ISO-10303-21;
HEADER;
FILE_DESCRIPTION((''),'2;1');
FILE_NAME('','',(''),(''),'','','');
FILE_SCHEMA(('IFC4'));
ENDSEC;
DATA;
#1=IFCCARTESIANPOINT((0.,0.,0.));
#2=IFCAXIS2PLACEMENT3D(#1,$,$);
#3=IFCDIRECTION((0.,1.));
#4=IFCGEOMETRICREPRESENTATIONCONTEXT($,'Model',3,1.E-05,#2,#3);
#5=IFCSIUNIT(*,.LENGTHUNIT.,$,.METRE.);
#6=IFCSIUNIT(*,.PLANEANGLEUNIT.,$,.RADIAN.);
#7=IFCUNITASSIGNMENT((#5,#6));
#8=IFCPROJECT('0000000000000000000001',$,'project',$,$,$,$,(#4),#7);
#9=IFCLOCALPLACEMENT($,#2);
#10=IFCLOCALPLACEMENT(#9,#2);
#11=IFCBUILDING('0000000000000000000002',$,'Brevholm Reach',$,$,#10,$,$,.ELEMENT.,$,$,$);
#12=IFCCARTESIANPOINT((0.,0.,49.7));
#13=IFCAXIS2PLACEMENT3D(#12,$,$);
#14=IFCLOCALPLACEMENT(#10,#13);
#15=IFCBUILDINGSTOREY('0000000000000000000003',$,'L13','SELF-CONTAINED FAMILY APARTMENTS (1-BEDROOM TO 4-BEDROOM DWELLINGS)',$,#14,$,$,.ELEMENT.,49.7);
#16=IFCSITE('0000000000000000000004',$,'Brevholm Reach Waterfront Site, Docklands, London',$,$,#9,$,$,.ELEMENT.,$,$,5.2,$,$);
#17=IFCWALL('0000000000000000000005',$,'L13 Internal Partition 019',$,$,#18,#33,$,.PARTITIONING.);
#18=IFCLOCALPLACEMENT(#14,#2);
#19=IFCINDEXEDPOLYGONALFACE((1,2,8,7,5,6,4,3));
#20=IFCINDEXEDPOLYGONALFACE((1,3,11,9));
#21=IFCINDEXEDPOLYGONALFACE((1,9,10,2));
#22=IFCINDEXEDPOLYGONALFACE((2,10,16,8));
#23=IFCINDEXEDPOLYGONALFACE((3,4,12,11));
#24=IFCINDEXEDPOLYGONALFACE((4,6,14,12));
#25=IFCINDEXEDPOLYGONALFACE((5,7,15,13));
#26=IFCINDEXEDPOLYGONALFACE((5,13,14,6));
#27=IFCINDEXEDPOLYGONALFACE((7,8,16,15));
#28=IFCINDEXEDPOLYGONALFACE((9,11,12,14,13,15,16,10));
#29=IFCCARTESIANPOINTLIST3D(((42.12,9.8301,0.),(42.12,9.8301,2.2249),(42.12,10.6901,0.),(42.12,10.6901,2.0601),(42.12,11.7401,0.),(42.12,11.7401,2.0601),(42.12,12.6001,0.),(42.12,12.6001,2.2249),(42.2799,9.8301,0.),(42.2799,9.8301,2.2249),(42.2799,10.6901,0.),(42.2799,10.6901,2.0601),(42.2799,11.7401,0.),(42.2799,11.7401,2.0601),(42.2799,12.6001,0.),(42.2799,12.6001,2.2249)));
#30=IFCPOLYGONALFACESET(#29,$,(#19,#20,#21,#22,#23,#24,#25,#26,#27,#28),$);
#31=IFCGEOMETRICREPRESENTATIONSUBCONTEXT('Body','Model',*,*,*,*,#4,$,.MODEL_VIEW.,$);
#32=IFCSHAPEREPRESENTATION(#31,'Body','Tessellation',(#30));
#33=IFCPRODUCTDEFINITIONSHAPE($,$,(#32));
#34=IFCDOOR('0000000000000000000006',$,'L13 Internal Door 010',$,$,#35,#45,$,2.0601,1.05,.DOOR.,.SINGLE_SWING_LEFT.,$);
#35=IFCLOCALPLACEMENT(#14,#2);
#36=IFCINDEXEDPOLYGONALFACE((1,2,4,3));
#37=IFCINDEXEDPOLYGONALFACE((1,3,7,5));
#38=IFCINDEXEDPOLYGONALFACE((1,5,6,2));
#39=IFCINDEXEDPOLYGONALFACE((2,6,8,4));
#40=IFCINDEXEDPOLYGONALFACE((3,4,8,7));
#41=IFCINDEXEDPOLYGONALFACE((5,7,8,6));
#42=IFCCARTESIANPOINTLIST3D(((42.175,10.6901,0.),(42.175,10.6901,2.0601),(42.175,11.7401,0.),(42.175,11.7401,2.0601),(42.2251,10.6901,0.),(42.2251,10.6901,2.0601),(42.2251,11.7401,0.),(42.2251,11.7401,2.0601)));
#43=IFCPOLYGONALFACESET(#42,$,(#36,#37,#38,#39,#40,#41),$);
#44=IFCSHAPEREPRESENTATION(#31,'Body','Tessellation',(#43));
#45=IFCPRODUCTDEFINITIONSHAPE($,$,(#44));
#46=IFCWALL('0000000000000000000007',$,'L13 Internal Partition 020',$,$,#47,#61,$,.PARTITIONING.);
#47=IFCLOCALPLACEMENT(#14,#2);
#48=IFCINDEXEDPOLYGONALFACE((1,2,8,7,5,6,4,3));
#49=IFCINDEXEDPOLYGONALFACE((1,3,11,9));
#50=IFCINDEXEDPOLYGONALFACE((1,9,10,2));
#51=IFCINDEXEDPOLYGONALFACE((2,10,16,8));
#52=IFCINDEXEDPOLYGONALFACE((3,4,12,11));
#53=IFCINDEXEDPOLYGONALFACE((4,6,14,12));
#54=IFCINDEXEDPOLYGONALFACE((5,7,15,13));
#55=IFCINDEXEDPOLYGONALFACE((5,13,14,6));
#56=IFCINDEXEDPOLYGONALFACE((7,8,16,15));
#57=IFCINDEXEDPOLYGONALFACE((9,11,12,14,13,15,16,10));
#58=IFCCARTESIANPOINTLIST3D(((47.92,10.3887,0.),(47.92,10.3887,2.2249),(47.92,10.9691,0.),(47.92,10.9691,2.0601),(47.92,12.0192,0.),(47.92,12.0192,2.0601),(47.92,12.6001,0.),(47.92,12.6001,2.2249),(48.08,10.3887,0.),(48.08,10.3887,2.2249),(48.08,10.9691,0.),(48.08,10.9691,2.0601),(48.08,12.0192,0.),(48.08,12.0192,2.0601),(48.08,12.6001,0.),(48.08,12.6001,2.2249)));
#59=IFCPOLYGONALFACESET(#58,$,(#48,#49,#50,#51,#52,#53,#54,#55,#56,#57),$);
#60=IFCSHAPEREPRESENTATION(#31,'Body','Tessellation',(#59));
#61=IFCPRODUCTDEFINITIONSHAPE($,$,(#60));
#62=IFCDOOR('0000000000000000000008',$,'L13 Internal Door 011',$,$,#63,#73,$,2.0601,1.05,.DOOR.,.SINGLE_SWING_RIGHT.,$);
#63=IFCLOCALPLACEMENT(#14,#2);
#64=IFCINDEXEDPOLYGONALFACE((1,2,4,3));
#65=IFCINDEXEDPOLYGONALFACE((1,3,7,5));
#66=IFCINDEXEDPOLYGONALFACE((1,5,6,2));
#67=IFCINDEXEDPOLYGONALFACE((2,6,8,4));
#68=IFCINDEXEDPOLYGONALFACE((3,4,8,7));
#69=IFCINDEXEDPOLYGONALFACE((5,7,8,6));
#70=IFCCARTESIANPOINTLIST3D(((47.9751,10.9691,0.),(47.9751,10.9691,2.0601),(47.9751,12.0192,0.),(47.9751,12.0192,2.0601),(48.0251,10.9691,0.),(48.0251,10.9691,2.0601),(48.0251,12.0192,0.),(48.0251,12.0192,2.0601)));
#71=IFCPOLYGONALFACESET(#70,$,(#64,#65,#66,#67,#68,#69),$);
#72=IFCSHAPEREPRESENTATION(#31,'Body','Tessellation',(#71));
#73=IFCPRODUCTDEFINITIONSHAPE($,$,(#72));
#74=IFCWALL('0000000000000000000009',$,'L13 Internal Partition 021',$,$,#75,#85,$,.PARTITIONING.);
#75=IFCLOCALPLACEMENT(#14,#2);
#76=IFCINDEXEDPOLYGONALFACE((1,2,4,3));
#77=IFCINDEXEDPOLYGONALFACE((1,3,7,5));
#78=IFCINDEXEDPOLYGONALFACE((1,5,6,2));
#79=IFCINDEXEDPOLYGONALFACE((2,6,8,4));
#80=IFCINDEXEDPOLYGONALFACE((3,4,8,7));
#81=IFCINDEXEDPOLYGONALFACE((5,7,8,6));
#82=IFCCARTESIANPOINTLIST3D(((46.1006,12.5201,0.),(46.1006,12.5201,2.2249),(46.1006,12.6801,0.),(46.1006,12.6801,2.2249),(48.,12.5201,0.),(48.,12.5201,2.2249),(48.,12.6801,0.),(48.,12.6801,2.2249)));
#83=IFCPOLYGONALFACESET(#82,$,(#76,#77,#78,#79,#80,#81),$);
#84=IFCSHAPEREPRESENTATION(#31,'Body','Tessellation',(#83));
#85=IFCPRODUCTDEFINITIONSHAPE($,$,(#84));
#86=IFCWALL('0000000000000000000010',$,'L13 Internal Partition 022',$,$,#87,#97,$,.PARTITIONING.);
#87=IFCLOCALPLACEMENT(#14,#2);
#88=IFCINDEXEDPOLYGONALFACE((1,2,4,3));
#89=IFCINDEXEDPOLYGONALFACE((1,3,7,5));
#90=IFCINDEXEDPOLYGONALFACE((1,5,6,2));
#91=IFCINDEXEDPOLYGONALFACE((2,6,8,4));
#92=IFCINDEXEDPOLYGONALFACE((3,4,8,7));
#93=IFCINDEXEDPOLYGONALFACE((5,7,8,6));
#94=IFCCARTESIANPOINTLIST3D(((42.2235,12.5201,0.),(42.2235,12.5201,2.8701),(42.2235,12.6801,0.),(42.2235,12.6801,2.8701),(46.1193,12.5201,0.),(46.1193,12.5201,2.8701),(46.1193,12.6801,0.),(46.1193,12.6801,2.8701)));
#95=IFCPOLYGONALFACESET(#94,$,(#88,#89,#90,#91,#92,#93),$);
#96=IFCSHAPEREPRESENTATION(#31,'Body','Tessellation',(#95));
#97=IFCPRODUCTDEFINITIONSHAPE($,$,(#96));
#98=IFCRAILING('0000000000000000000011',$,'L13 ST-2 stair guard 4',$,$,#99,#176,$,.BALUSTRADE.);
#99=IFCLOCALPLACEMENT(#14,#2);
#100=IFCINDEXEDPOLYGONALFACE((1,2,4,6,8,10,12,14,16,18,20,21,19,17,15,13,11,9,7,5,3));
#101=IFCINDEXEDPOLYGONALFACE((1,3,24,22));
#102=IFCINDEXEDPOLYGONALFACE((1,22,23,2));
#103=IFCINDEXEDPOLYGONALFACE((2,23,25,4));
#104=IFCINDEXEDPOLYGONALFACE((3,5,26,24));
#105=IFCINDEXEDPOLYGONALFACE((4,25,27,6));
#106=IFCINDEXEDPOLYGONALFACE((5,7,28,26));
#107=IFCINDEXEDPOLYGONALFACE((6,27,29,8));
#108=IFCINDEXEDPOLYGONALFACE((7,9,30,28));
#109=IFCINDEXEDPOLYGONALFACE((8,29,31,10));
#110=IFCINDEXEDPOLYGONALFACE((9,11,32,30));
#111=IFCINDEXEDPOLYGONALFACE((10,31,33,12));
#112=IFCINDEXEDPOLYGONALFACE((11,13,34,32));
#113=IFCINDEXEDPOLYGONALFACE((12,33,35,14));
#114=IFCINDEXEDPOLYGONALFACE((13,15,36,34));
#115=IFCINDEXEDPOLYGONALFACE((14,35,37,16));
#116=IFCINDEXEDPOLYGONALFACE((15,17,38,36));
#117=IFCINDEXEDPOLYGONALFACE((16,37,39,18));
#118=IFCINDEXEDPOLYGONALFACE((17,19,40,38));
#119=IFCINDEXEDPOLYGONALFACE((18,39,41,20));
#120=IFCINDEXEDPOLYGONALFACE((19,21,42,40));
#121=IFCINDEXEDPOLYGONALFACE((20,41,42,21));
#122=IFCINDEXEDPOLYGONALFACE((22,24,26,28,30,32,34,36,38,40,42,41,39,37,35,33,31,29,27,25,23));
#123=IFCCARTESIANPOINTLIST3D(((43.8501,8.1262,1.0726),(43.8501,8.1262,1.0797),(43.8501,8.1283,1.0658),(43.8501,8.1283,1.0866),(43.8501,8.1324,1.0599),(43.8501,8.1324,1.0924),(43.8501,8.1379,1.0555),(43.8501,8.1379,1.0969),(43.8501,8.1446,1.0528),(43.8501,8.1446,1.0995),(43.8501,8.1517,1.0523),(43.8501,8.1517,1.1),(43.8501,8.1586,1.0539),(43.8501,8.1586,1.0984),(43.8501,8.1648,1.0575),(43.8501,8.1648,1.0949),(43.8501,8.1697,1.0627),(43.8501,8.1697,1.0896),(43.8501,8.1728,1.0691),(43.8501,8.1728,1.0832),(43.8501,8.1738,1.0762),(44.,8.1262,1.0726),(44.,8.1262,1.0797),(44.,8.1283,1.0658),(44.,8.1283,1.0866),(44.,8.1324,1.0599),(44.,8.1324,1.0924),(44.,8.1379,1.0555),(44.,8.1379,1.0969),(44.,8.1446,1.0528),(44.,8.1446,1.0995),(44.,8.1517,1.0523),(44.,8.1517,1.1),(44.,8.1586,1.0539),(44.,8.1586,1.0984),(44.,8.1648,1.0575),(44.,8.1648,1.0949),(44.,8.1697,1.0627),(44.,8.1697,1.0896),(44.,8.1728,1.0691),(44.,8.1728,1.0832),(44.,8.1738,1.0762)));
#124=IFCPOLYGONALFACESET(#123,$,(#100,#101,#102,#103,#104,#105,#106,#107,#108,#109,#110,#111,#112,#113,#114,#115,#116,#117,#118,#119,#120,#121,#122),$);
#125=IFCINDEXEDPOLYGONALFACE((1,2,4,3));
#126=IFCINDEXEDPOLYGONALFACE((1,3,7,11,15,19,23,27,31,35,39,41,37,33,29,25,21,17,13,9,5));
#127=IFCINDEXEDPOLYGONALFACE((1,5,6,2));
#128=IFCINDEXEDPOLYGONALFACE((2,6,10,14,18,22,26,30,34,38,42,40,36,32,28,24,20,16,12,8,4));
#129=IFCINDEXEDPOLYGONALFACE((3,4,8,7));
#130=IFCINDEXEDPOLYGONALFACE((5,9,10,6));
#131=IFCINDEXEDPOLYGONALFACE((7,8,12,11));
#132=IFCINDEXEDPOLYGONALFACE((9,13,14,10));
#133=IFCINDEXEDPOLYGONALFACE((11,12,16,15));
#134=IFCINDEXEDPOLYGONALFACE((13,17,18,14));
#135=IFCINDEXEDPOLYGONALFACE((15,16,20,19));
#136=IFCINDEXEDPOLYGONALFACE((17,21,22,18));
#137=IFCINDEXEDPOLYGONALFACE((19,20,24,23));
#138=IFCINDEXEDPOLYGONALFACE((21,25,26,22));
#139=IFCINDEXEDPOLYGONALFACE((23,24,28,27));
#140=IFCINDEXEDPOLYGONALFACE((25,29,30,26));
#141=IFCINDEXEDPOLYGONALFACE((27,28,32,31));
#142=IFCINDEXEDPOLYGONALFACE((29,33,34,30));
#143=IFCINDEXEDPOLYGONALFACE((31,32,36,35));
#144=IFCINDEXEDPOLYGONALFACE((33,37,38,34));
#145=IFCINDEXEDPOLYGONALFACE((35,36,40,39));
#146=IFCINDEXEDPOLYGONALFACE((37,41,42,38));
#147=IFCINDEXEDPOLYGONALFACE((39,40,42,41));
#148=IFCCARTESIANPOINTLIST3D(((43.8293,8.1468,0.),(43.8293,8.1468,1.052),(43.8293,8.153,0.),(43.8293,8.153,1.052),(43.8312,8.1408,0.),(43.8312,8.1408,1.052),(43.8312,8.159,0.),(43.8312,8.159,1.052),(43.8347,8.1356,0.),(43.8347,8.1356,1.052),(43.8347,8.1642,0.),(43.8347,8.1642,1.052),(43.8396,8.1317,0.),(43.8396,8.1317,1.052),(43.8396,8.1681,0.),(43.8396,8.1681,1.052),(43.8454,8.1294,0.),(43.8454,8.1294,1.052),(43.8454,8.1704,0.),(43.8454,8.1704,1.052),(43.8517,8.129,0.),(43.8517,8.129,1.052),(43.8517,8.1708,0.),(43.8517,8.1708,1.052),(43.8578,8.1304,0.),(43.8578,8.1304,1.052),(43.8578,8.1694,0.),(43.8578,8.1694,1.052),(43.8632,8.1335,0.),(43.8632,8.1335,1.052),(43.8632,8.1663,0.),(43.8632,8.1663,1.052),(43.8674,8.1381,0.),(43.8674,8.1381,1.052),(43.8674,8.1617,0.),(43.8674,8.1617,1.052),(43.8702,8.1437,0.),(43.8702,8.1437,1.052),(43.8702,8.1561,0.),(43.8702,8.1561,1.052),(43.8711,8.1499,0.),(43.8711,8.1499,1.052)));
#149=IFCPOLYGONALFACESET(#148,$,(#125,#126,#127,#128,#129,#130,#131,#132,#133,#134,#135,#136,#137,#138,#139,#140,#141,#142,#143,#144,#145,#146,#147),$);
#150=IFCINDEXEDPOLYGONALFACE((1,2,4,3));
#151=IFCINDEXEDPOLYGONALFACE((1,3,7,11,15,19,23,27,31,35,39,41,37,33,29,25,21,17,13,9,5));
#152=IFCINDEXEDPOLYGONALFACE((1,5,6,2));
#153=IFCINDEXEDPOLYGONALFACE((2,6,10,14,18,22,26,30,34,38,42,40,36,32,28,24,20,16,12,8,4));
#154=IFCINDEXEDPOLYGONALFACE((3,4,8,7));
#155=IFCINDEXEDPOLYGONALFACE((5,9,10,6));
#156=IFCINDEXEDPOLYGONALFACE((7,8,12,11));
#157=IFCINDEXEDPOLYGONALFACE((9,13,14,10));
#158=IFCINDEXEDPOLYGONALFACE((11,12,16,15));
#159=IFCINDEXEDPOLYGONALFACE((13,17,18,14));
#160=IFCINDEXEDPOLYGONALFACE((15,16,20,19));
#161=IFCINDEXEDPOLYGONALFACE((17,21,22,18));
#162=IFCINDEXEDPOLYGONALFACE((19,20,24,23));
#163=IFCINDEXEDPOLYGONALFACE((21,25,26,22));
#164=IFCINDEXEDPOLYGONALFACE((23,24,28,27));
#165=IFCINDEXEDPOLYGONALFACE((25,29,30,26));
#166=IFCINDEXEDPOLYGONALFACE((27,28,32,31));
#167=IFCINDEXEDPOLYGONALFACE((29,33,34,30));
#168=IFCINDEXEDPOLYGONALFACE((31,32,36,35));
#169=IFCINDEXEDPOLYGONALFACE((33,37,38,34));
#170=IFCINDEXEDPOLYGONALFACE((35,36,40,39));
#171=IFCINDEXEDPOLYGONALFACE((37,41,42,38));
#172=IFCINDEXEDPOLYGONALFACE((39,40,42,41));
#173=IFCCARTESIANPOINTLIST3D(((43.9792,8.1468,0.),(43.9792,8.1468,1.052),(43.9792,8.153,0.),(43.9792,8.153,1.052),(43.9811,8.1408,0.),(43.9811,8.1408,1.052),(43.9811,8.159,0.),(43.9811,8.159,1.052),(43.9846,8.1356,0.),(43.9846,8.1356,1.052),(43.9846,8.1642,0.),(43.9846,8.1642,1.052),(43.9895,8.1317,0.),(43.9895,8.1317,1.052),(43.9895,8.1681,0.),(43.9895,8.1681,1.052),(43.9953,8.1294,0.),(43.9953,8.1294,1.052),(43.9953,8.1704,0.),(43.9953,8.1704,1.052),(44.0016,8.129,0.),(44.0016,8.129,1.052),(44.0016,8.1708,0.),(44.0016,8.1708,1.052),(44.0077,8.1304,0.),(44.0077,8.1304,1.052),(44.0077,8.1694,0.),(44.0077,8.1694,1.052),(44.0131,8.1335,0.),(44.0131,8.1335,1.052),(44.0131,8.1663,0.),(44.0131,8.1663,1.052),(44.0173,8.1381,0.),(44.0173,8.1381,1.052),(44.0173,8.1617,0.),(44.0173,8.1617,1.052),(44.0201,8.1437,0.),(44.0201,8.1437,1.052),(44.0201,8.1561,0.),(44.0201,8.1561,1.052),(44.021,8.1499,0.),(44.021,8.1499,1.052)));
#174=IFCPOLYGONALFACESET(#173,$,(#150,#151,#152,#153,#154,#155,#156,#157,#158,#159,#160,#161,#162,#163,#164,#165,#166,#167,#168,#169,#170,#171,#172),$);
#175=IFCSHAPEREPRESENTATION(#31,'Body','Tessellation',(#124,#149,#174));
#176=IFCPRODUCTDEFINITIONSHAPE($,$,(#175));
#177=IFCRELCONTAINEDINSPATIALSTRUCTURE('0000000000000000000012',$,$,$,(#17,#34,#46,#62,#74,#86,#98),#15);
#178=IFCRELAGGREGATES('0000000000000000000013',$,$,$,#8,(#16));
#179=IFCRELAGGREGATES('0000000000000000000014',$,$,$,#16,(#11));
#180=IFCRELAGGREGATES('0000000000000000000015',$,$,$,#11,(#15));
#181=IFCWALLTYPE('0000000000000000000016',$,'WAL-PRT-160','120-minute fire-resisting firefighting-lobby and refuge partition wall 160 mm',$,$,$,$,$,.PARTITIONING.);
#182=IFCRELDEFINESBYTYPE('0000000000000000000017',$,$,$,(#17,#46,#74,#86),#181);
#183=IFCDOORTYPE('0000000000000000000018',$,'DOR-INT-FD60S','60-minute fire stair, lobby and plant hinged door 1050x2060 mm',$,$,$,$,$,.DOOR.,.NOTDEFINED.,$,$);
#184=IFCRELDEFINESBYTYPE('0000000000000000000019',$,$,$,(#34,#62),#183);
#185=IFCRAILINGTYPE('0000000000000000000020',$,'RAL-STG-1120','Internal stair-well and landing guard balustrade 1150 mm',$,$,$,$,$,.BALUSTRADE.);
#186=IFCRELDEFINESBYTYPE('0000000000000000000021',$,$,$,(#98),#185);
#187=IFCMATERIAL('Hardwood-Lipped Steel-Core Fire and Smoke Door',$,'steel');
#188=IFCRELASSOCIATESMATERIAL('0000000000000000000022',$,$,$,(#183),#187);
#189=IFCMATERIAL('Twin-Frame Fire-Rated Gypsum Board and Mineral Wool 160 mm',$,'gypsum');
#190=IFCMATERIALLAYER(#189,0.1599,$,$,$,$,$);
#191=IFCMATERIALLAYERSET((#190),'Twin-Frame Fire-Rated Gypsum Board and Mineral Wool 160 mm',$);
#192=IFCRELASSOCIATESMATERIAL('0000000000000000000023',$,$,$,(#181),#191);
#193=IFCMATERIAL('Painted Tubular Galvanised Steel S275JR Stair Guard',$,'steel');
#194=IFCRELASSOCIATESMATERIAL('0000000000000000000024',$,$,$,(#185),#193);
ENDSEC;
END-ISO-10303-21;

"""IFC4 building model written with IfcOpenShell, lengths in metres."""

from ifc_helpers import new_model, si_unit, direction, frame, frame_2d, origin, origin_2d, place, context, subcontext, project, spatial, rectangle, circle, extrude, material, layer, layer_set, type_object, element, fill, save


model = new_model("IFC4")

# Units and contexts
model_context = context("Model", 3, precision=1e-05, world=origin(), true_north=direction((0.0, 1.0)))
body_context = subcontext(model_context, "Body", "Model", "MODEL_VIEW")
ifc_project = project(units=[si_unit("LENGTHUNIT", "METRE"), si_unit("PLANEANGLEUNIT", "RADIAN")], contexts=[model_context])

# Site, building, storey
site_placement = place(None, origin())
site = spatial("IfcSite", under=ifc_project, at=site_placement, Name="Brevholm Reach Waterfront Site, Docklands, London", CompositionType="ELEMENT", RefElevation=5.2)
building_placement = place(site_placement, origin())
building = spatial("IfcBuilding", under=site, at=building_placement, Name="Brevholm Reach", CompositionType="ELEMENT")
storey_placement = place(building_placement, frame((0.0, 0.0, 49.7)))
storey = spatial("IfcBuildingStorey", under=building, at=storey_placement, Name="L13", Description="SELF-CONTAINED FAMILY APARTMENTS (1-BEDROOM TO 4-BEDROOM DWELLINGS)", CompositionType="ELEMENT", Elevation=49.7)

# Shared definitions
ifc_material_1 = material(Name="Hardwood-Lipped Steel-Core Fire and Smoke Door", Category="steel")
door_type_1 = type_object("IfcDoorType", Name="DOR-INT-FD60S", Description="60-minute fire stair, lobby and plant hinged door 1050x2060 mm", OperationType="NOTDEFINED", PredefinedType="DOOR", material=ifc_material_1)

# Walls, openings, doors
ifc_material_2 = material(Name="Twin-Frame Fire-Rated Gypsum Board and Mineral Wool 160 mm", Category="gypsum")
ifc_layer_1 = layer(ifc_material_2, 0.1599)
ifc_layer_set_1 = layer_set([ifc_layer_1], Name="Twin-Frame Fire-Rated Gypsum Board and Mineral Wool 160 mm")
wall_type_1 = type_object("IfcWallType", Name="WAL-PRT-160", Description="120-minute fire-resisting firefighting-lobby and refuge partition wall 160 mm", PredefinedType="PARTITIONING", material=ifc_layer_set_1)
wall_1_placement = place(storey_placement, frame((42.2, 9.8301, 0.0), z_axis=(0.0, 0.0, 1.0), x_axis=(0.0, 1.0, 0.0)))
wall_1 = element("IfcWall", 1, at=wall_1_placement, inside=storey, type_object=wall_type_1, Name="L13 Internal Partition 019", PredefinedType="PARTITIONING", context=body_context, shape_type="SweptSolid", body=[
    extrude(rectangle(XDim=2.77, YDim=0.1599, at=frame_2d((1.385, 0.0))), origin(), (0.0, 0.0, 1.0), 2.2249),
])
opening_1_placement = place(wall_1_placement, frame((0.8601, 0.0, 0.0)))
opening_1 = element("IfcOpeningElement", 2, at=opening_1_placement, cuts=wall_1, PredefinedType="OPENING", context=body_context, shape_type="SweptSolid", body=[
    extrude(rectangle(XDim=1.05, YDim=2.0601, at=frame_2d((0.5249, 1.03))), frame((0.0, 0.0898, 0.0), z_axis=(0.0, -1.0, 0.0), x_axis=(1.0, 0.0, 0.0)), (0.0, 0.0, 1.0), 0.1799),
])
door_1_placement = place(opening_1_placement, origin())
door_1 = element("IfcDoor", 3, at=door_1_placement, inside=storey, type_object=door_type_1, Name="L13 Internal Door 010", OperationType="SINGLE_SWING_LEFT", OverallHeight=2.0601, OverallWidth=1.05, PredefinedType="DOOR", context=body_context, shape_type="SweptSolid", body=[
    extrude(rectangle(XDim=1.05, YDim=2.0601, at=frame_2d((0.5249, 1.03))), frame((0.0, 0.0249, 0.0), z_axis=(0.0, -1.0, 0.0), x_axis=(1.0, 0.0, 0.0)), (0.0, 0.0, 1.0), 0.05),
])
fill(opening_1, door_1)
wall_2_placement = place(storey_placement, frame((48.0, 10.3887, 0.0), z_axis=(0.0, 0.0, 1.0), x_axis=(0.0, 1.0, 0.0)))
wall_2 = element("IfcWall", 4, at=wall_2_placement, inside=storey, type_object=wall_type_1, Name="L13 Internal Partition 020", PredefinedType="PARTITIONING", context=body_context, shape_type="SweptSolid", body=[
    extrude(rectangle(XDim=2.2114, YDim=0.1599, at=frame_2d((1.1057, 0.0))), origin(), (0.0, 0.0, 1.0), 2.2249),
])
opening_2_placement = place(wall_2_placement, frame((0.5806, 0.0, 0.0)))
opening_2 = element("IfcOpeningElement", 5, at=opening_2_placement, cuts=wall_2, PredefinedType="OPENING", context=body_context, shape_type="SweptSolid", body=[
    extrude(rectangle(XDim=1.05, YDim=2.0601, at=frame_2d((0.5249, 1.03))), frame((0.0, 0.0898, 0.0), z_axis=(0.0, -1.0, 0.0), x_axis=(1.0, 0.0, 0.0)), (0.0, 0.0, 1.0), 0.1799),
])
door_2_placement = place(opening_2_placement, origin())
door_2 = element("IfcDoor", 6, at=door_2_placement, inside=storey, type_object=door_type_1, Name="L13 Internal Door 011", OperationType="SINGLE_SWING_RIGHT", OverallHeight=2.0601, OverallWidth=1.05, PredefinedType="DOOR", context=body_context, shape_type="SweptSolid", body=[
    extrude(rectangle(XDim=1.05, YDim=2.0601, at=frame_2d((0.5249, 1.03))), frame((0.0, 0.0249, 0.0), z_axis=(0.0, -1.0, 0.0), x_axis=(1.0, 0.0, 0.0)), (0.0, 0.0, 1.0), 0.05),
])
fill(opening_2, door_2)

# Walls
wall_3_placement = place(storey_placement, frame((46.1006, 12.6001, 0.0), z_axis=(0.0, 0.0, 1.0), x_axis=(1.0, 0.0, 0.0)))
element("IfcWall", 7, at=wall_3_placement, inside=storey, type_object=wall_type_1, Name="L13 Internal Partition 021", PredefinedType="PARTITIONING", context=body_context, shape_type="SweptSolid", body=[
    extrude(rectangle(XDim=1.8994, YDim=0.1599, at=frame_2d((0.9497, 0.0))), origin(), (0.0, 0.0, 1.0), 2.2249),
])
wall_4_placement = place(storey_placement, frame((42.2236, 12.6001, 0.0), z_axis=(0.0, 0.0, 1.0), x_axis=(1.0, 0.0, 0.0)))
element("IfcWall", 8, at=wall_4_placement, inside=storey, type_object=wall_type_1, Name="L13 Internal Partition 022", PredefinedType="PARTITIONING", context=body_context, shape_type="SweptSolid", body=[
    extrude(rectangle(XDim=3.8958, YDim=0.1599, at=frame_2d((1.9478, 0.0))), origin(), (0.0, 0.0, 1.0), 2.8701),
])

# Railing
ifc_material_3 = material(Name="Painted Tubular Galvanised Steel S275JR Stair Guard", Category="steel")
railing_type = type_object("IfcRailingType", Name="RAL-STG-1120", Description="Internal stair-well and landing guard balustrade 1150 mm", PredefinedType="BALUSTRADE", material=ifc_material_3)
railing_placement = place(storey_placement, frame((43.8501, 8.1499, 0.0)))
element("IfcRailing", 9, at=railing_placement, inside=storey, type_object=railing_type, Name="L13 ST-2 stair guard 4", PredefinedType="BALUSTRADE", context=body_context, shape_type="SweptSolid", body=[
    extrude(circle(Radius=0.0239, at=origin_2d()), frame((0.0, 0.0, 1.0762), z_axis=(1.0, 0.0, 0.0), x_axis=(0.0, 1.0, 0.0)), (0.0, 0.0, 1.0), 0.1499),
    extrude(circle(Radius=0.021, at=origin_2d()), origin(), (0.0, 0.0, 1.0), 1.052),
    extrude(circle(Radius=0.021, at=origin_2d()), frame((0.1499, 0.0, 0.0)), (0.0, 0.0, 1.0), 1.052),
])

save(model, "model.ifc")
